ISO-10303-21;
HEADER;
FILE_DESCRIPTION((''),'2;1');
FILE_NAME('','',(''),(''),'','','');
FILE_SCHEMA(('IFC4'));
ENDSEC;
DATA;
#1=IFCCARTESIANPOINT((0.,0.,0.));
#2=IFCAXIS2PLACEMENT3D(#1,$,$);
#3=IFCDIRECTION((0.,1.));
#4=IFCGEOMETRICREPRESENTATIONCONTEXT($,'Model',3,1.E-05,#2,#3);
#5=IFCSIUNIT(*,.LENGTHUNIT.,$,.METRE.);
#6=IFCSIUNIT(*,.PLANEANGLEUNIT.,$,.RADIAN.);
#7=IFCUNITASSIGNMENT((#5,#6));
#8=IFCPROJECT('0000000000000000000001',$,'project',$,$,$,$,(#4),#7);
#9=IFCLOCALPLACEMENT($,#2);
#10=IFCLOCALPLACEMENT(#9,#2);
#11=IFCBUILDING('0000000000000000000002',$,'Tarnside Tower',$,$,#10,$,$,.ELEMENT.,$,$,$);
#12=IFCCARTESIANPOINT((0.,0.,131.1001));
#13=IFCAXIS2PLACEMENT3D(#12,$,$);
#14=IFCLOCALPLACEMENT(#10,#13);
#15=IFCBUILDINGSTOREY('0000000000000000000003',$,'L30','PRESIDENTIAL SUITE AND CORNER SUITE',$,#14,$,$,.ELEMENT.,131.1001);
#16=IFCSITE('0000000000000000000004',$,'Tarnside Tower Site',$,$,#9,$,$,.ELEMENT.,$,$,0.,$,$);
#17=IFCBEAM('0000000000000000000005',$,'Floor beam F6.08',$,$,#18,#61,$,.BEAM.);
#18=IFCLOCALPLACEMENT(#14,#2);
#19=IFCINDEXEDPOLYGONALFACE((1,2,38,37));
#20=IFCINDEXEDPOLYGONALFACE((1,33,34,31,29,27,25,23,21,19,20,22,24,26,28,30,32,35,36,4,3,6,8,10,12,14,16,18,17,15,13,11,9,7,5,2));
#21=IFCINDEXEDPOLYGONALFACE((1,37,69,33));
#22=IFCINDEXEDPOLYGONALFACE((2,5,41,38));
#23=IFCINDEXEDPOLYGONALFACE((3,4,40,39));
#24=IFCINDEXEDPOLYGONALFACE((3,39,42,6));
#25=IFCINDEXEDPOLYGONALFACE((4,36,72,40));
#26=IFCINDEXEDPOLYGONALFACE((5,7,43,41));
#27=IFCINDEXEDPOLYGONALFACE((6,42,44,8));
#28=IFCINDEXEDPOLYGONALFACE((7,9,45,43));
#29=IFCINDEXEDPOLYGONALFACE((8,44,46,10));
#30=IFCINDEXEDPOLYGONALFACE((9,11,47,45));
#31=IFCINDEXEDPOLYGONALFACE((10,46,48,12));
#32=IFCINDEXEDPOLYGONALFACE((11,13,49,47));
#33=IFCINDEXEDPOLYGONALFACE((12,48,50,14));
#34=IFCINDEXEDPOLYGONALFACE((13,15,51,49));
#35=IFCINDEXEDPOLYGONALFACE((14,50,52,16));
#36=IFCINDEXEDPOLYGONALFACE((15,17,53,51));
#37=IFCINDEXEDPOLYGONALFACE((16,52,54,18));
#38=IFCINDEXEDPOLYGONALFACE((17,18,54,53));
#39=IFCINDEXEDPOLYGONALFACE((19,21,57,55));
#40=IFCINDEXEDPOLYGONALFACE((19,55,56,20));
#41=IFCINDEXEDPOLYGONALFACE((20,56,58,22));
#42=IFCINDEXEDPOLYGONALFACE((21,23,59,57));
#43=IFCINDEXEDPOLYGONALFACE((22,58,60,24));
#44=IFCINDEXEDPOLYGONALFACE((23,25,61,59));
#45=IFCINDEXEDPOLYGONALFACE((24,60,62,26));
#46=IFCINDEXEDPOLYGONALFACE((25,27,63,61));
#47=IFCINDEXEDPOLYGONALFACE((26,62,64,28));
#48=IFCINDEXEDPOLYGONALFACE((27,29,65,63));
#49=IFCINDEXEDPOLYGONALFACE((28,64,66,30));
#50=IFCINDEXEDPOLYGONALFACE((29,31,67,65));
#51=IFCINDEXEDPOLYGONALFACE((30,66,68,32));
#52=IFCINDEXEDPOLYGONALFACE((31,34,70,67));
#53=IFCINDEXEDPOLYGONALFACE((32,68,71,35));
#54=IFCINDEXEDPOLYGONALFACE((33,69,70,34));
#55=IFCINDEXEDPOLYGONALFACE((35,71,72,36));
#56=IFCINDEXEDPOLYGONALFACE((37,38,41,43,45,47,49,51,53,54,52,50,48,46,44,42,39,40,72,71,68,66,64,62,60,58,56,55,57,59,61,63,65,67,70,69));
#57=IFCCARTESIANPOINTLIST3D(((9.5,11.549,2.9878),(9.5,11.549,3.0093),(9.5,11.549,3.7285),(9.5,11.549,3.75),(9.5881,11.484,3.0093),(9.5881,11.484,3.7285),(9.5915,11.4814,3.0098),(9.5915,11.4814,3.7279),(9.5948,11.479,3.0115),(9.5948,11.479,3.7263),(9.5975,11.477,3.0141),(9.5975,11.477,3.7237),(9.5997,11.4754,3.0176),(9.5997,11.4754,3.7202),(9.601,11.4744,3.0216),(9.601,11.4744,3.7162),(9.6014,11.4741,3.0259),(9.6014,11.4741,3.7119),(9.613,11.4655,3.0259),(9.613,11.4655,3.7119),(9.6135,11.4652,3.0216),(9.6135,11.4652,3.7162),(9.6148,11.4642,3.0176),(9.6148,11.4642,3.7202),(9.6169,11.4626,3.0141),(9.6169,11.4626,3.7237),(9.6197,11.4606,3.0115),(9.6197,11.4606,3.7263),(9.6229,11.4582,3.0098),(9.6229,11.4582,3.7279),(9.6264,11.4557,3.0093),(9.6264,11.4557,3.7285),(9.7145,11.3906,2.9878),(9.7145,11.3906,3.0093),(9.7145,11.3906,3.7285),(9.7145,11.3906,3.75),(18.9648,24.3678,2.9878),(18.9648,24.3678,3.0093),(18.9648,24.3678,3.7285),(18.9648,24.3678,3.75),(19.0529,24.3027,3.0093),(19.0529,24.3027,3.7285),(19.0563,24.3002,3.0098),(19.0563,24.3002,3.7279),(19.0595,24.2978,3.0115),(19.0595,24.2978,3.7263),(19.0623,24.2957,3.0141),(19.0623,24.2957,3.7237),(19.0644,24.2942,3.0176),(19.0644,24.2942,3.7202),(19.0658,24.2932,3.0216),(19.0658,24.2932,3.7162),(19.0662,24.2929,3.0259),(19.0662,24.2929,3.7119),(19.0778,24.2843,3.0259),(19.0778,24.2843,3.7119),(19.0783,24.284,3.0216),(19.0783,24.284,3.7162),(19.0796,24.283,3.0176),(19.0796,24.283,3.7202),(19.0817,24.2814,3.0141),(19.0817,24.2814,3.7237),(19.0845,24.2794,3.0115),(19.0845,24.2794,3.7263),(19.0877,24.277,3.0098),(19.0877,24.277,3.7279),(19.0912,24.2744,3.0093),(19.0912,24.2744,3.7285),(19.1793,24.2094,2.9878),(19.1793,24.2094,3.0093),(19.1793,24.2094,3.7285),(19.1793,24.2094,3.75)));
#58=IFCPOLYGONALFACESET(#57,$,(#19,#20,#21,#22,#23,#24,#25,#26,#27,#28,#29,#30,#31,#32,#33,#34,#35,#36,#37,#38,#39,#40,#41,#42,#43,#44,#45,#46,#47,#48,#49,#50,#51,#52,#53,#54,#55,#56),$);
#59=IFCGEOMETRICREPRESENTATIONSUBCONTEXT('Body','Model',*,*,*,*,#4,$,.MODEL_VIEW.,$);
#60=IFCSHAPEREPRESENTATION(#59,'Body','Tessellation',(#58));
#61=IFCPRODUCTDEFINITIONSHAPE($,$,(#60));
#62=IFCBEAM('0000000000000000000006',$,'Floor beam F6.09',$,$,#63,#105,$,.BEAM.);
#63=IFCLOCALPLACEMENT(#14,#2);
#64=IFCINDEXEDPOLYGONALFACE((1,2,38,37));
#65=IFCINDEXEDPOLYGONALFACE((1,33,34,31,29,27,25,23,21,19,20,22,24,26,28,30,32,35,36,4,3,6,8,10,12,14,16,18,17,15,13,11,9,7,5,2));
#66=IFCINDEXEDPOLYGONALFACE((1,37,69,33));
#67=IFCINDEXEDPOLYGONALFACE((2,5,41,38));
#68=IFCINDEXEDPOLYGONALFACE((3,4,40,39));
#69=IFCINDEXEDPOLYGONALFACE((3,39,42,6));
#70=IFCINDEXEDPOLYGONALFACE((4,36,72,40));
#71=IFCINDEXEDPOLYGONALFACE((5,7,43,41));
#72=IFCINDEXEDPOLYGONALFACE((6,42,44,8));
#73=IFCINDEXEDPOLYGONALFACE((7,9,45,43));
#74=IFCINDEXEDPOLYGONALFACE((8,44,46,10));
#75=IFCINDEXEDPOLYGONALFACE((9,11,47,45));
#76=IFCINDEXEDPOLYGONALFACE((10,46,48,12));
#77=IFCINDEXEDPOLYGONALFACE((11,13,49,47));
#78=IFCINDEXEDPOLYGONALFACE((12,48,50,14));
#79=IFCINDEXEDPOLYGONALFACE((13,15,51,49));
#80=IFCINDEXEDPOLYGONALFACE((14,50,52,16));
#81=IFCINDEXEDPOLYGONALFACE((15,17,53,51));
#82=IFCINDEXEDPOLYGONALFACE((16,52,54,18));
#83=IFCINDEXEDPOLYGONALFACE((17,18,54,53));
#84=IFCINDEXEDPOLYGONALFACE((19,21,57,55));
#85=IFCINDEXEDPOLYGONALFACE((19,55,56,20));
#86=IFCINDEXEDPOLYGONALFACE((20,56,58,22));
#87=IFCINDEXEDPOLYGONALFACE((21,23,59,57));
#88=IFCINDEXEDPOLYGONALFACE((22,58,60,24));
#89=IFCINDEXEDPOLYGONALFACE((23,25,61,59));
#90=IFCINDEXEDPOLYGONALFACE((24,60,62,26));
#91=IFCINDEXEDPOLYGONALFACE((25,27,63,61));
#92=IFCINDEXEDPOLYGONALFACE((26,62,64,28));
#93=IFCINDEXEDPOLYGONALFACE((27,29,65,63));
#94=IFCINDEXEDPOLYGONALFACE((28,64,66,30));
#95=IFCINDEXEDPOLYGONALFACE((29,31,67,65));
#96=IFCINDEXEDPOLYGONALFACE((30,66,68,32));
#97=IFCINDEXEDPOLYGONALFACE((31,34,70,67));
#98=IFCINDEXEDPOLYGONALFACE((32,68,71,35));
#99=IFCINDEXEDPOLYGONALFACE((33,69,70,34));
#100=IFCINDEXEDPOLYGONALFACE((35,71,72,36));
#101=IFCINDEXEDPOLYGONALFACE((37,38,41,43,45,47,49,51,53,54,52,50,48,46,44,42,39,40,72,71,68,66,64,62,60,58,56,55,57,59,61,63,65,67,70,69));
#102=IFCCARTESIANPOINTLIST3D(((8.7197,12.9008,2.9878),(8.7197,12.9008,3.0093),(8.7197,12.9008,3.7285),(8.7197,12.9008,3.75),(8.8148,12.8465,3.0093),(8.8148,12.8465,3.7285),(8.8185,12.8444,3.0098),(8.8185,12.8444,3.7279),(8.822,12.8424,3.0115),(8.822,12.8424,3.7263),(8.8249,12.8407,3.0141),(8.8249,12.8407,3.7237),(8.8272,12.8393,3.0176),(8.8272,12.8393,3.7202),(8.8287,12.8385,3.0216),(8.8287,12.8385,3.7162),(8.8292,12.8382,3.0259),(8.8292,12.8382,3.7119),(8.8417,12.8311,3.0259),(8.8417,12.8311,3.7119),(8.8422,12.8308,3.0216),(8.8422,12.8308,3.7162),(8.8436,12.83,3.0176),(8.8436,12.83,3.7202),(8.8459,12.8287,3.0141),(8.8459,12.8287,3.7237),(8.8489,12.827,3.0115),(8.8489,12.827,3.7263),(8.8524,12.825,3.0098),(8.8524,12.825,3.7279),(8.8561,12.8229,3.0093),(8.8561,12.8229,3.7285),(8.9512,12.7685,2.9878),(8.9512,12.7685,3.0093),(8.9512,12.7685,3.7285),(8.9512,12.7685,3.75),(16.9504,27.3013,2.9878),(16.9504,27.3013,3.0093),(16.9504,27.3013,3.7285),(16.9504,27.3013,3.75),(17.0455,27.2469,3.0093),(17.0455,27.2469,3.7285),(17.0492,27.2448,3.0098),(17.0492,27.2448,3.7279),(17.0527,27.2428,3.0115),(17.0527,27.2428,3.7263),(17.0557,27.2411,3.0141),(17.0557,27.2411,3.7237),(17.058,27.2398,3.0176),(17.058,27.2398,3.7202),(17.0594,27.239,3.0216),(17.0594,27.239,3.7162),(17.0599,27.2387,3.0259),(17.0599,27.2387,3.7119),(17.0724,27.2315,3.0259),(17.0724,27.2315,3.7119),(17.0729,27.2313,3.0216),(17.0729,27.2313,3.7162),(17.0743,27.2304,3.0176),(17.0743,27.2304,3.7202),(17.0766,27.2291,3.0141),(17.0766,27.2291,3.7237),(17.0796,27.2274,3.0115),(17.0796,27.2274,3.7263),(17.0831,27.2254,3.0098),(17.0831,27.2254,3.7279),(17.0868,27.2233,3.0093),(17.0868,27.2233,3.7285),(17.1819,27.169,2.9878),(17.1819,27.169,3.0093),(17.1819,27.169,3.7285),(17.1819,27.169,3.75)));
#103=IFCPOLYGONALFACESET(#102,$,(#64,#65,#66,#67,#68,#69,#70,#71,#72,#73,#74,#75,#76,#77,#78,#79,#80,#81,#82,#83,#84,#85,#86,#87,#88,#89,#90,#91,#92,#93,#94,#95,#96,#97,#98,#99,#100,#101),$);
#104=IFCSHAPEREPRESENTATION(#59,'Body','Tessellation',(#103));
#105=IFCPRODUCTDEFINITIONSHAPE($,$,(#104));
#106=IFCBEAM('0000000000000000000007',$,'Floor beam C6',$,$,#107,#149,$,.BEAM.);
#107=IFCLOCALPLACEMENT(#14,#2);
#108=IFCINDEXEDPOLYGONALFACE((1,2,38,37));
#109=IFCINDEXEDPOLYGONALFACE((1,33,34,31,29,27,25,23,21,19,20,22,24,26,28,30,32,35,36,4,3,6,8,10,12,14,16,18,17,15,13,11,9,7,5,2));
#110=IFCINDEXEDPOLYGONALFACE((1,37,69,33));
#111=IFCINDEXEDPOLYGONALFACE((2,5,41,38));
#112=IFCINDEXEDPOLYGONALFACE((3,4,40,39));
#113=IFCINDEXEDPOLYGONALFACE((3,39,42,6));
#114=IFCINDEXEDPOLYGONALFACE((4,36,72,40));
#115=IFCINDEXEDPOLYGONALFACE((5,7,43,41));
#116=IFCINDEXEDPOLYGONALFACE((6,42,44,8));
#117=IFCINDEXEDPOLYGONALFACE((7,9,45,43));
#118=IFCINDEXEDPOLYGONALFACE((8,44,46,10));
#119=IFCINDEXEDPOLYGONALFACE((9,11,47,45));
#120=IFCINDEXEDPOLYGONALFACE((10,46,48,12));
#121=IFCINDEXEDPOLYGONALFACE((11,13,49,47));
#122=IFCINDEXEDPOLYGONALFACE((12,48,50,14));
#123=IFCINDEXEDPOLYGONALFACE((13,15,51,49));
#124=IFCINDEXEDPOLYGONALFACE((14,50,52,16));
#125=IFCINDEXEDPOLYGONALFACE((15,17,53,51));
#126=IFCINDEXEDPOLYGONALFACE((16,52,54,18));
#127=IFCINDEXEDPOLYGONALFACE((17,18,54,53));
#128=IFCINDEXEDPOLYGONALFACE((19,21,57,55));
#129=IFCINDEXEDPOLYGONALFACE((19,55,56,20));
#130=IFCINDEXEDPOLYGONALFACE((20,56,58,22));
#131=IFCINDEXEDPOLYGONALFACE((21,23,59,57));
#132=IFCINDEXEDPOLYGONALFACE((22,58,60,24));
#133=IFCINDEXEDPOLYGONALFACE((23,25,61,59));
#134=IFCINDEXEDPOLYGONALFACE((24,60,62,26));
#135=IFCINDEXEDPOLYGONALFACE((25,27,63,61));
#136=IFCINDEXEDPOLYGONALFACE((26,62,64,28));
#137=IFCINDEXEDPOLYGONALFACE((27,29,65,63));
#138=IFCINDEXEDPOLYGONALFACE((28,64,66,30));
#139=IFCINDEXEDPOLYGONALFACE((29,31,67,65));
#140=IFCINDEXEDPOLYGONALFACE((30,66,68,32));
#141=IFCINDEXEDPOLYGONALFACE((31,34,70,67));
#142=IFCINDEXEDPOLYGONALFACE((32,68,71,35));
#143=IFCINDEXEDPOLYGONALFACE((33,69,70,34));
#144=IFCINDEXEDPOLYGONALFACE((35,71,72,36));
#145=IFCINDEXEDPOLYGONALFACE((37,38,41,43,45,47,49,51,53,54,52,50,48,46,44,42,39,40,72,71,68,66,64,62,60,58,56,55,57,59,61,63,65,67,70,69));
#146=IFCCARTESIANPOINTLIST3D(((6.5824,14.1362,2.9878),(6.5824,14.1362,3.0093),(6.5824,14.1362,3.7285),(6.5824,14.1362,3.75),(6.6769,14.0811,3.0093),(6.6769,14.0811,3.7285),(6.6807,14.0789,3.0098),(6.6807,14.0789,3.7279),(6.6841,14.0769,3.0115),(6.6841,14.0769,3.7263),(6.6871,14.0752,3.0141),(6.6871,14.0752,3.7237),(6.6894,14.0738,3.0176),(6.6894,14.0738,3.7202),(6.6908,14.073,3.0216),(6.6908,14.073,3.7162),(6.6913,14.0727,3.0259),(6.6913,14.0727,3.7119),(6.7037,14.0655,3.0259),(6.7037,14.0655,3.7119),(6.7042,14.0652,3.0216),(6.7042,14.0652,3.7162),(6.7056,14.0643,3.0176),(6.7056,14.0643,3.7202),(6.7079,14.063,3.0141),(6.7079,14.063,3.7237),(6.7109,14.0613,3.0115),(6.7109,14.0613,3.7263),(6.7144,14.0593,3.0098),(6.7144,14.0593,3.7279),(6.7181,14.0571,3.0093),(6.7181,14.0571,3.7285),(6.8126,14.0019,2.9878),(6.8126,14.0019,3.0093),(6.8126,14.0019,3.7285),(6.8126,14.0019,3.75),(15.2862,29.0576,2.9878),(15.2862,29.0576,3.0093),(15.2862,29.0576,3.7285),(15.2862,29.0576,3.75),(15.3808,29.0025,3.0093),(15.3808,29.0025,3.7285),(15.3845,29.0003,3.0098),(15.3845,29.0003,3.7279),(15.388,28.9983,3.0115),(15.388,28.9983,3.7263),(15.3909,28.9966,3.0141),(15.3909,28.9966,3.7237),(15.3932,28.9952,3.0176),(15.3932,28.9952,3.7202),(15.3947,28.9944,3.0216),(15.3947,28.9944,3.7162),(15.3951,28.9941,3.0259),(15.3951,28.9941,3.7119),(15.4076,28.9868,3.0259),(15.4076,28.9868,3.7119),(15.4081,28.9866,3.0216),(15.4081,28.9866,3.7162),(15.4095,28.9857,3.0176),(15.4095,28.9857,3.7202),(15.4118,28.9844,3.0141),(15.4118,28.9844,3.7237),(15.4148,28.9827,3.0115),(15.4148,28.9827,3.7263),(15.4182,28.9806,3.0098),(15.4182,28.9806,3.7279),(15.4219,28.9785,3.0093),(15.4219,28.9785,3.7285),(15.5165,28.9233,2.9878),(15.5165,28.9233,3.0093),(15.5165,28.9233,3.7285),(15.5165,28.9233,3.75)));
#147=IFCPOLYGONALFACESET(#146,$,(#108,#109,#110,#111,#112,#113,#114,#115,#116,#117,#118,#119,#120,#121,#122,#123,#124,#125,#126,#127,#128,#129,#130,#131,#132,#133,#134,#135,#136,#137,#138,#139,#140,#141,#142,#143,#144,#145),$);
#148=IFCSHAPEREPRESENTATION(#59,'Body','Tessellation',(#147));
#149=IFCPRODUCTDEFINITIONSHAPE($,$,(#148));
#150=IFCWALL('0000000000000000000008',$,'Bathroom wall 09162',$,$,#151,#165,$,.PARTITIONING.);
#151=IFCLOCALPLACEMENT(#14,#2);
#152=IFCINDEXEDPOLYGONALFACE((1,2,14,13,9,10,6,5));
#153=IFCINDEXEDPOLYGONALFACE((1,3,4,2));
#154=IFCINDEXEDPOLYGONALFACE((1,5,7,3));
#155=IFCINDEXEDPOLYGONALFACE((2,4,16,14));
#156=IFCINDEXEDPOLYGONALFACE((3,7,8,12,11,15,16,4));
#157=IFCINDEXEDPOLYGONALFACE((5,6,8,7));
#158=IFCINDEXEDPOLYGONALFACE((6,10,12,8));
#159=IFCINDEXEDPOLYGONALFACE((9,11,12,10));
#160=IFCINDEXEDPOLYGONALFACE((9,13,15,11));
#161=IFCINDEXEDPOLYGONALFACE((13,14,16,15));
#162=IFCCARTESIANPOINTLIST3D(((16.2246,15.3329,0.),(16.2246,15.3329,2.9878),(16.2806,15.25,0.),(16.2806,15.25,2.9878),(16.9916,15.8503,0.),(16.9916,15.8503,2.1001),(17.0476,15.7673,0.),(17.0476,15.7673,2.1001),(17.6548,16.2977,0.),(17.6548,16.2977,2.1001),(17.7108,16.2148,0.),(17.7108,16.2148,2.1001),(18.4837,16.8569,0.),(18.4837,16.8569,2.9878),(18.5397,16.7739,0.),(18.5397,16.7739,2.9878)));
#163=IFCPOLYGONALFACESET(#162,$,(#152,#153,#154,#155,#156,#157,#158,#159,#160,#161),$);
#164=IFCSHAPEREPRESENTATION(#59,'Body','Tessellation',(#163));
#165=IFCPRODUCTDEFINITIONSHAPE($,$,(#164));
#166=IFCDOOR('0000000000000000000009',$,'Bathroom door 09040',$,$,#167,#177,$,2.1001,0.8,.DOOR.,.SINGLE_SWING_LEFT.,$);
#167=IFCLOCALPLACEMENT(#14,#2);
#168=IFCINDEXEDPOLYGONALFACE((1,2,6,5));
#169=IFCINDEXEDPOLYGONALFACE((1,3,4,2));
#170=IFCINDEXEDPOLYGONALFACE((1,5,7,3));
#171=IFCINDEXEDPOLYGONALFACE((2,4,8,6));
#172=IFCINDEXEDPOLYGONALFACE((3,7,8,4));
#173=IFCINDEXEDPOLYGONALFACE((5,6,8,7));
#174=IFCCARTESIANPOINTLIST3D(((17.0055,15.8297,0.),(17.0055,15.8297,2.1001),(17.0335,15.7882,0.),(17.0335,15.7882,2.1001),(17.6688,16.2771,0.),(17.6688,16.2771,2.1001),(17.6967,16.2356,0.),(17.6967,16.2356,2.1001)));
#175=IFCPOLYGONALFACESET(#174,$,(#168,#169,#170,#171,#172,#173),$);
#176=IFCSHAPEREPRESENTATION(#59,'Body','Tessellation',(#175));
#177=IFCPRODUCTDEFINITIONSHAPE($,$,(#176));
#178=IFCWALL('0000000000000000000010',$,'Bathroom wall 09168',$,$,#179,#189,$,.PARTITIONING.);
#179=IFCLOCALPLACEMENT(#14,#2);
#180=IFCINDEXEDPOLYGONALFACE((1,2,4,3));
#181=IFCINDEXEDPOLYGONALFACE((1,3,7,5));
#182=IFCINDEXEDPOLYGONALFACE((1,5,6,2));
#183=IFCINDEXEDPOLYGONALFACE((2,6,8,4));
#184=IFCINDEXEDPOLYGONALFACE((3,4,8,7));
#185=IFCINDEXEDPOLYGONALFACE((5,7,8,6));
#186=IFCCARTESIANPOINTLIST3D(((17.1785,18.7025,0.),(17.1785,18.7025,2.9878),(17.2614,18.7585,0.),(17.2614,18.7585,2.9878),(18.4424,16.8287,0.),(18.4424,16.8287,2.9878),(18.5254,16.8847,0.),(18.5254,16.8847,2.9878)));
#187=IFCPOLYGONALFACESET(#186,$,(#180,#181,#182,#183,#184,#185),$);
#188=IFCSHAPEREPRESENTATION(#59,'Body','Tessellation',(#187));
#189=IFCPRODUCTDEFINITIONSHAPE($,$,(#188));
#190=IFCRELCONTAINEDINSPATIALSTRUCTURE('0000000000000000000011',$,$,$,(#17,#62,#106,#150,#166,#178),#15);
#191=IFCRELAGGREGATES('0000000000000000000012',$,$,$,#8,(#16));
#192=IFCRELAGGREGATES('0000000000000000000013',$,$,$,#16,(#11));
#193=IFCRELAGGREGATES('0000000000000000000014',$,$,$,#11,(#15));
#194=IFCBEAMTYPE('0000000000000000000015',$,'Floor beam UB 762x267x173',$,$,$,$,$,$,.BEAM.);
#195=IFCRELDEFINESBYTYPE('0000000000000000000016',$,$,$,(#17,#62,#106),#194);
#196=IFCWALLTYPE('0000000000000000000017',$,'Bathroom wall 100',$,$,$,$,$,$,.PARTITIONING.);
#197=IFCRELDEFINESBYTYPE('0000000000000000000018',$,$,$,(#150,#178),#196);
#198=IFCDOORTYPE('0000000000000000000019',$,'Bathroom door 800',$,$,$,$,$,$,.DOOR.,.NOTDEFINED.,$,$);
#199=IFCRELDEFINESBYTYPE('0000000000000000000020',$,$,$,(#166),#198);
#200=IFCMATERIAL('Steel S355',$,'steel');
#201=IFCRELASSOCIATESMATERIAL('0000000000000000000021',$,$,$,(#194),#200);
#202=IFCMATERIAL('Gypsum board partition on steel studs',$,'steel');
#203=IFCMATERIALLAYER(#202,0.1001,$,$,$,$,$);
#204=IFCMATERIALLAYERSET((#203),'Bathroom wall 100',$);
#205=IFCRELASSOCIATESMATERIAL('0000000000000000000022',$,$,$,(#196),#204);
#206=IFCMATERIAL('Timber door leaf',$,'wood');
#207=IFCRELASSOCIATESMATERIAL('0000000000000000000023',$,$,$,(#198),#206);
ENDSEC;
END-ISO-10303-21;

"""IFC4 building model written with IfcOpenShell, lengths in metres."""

from ifc_helpers import new_model, si_unit, direction, frame, frame_2d, origin, origin_2d, place, context, subcontext, project, spatial, rectangle, i_section, extrude, material, layer, layer_set, material_profile, profile_set, type_object, element, fill, save


model = new_model("IFC4")

# Units and contexts
model_context = context("Model", 3, precision=1e-05, world=origin(), true_north=direction((0.0, 1.0)))
body_context = subcontext(model_context, "Body", "Model", "MODEL_VIEW")
ifc_project = project(units=[si_unit("LENGTHUNIT", "METRE"), si_unit("PLANEANGLEUNIT", "RADIAN")], contexts=[model_context])

# Site, building, storey
site_placement = place(None, origin())
site = spatial("IfcSite", under=ifc_project, at=site_placement, Name="Tarnside Tower Site", CompositionType="ELEMENT", RefElevation=0.0)
building_placement = place(site_placement, origin())
building = spatial("IfcBuilding", under=site, at=building_placement, Name="Tarnside Tower", CompositionType="ELEMENT")
storey_placement = place(building_placement, frame((0.0, 0.0, 131.1001)))
storey = spatial("IfcBuildingStorey", under=building, at=storey_placement, Name="L30", Description="PRESIDENTIAL SUITE AND CORNER SUITE", CompositionType="ELEMENT", Elevation=131.1001)

# Beams
ifc_material_1 = material(Name="Steel S355", Category="steel")
ifc_material_profile_1 = material_profile(ifc_material_1, i_section(OverallWidth=0.2666, OverallDepth=0.7622, WebThickness=0.0144, FlangeThickness=0.0215, FilletRadius=0.0166, at=origin_2d()), Name="UB 762x267x173")
ifc_profile_set_1 = profile_set([ifc_material_profile_1], Name="Steel S355")
beam_type_1 = type_object("IfcBeamType", Name="Floor beam UB 762x267x173", PredefinedType="BEAM", material=ifc_profile_set_1)
beam_1_placement = place(storey_placement, frame((19.072, 24.2886, 3.3689), z_axis=(-0.593987, -0.804475, 0.0), x_axis=(0.804475, -0.593987, 0.0)))
element("IfcBeam", 1, at=beam_1_placement, inside=storey, type_object=beam_type_1, Name="Floor beam F6.08", PredefinedType="BEAM", context=body_context, shape_type="SweptSolid", body=[
    extrude(i_section(OverallWidth=0.2666, OverallDepth=0.7622, WebThickness=0.0144, FlangeThickness=0.0215, FilletRadius=0.0166, at=origin_2d()), origin(), (0.0, 0.0, 1.0), 15.9343),
])
beam_2_placement = place(storey_placement, frame((17.0662, 27.2351, 3.3689), z_axis=(-0.496226, -0.868193, 0.0), x_axis=(0.868193, -0.496226, 0.0)))
element("IfcBeam", 2, at=beam_2_placement, inside=storey, type_object=beam_type_1, Name="Floor beam F6.09", PredefinedType="BEAM", context=body_context, shape_type="SweptSolid", body=[
    extrude(i_section(OverallWidth=0.2666, OverallDepth=0.7622, WebThickness=0.0144, FlangeThickness=0.0215, FilletRadius=0.0166, at=origin_2d()), origin(), (0.0, 0.0, 1.0), 16.5867),
])
beam_3_placement = place(storey_placement, frame((15.4014, 28.9905, 3.3689), z_axis=(-0.503859, -0.863786, 0.0), x_axis=(0.863786, -0.503859, 0.0)))
element("IfcBeam", 3, at=beam_3_placement, inside=storey, type_object=beam_type_1, Name="Floor beam C6", PredefinedType="BEAM", context=body_context, shape_type="SweptSolid", body=[
    extrude(i_section(OverallWidth=0.2666, OverallDepth=0.7622, WebThickness=0.0144, FlangeThickness=0.0215, FilletRadius=0.0166, at=origin_2d()), origin(), (0.0, 0.0, 1.0), 17.2744),
])

# Wall, opening, door
ifc_material_2 = material(Name="Gypsum board partition on steel studs", Category="steel")
ifc_layer_1 = layer(ifc_material_2, 0.1001)
ifc_layer_set_1 = layer_set([ifc_layer_1], Name="Bathroom wall 100")
wall_type_1 = type_object("IfcWallType", Name="Bathroom wall 100", PredefinedType="PARTITIONING", material=ifc_layer_set_1)
wall_1_placement = place(storey_placement, frame((18.5117, 16.8154, 0.0), z_axis=(0.0, 0.0, 1.0), x_axis=(-0.829005, -0.55924, 0.0)))
wall_1 = element("IfcWall", 4, at=wall_1_placement, inside=storey, type_object=wall_type_1, Name="Bathroom wall 09162", PredefinedType="PARTITIONING", context=body_context, shape_type="SweptSolid", body=[
    extrude(rectangle(XDim=2.7251, YDim=0.1001, at=frame_2d((1.3625, 0.0))), origin(), (0.0, 0.0, 1.0), 2.9878),
])
opening_1_placement = place(wall_1_placement, frame((1.0, 0.0, 0.0)))
opening_1 = element("IfcOpeningElement", 5, at=opening_1_placement, cuts=wall_1, PredefinedType="OPENING", context=body_context, shape_type="SweptSolid", body=[
    extrude(rectangle(XDim=0.8, YDim=2.1001, at=frame_2d((0.3999, 1.05))), frame((0.0, 0.0601, 0.0), z_axis=(0.0, -1.0, 0.0), x_axis=(1.0, 0.0, 0.0)), (0.0, 0.0, 1.0), 0.1201),
])
ifc_material_3 = material(Name="Timber door leaf", Category="wood")
door_type_1 = type_object("IfcDoorType", Name="Bathroom door 800", OperationType="NOTDEFINED", PredefinedType="DOOR", material=ifc_material_3)
door_1_placement = place(opening_1_placement, origin())
door_1 = element("IfcDoor", 6, at=door_1_placement, inside=storey, type_object=door_type_1, Name="Bathroom door 09040", OperationType="SINGLE_SWING_LEFT", OverallHeight=2.1001, OverallWidth=0.8, PredefinedType="DOOR", context=body_context, shape_type="SweptSolid", body=[
    extrude(rectangle(XDim=0.8, YDim=2.1001, at=frame_2d((0.3999, 1.05))), frame((0.0, 0.0249, 0.0), z_axis=(0.0, -1.0, 0.0), x_axis=(1.0, 0.0, 0.0)), (0.0, 0.0, 1.0), 0.05),
])
fill(opening_1, door_1)

# Wall
wall_2_placement = place(storey_placement, frame((18.4839, 16.8567, 0.0), z_axis=(0.0, 0.0, 1.0), x_axis=(-0.559204, 0.82903, 0.0)))
element("IfcWall", 7, at=wall_2_placement, inside=storey, type_object=wall_type_1, Name="Bathroom wall 09168", PredefinedType="PARTITIONING", context=body_context, shape_type="SweptSolid", body=[
    extrude(rectangle(XDim=2.2603, YDim=0.1001, at=frame_2d((1.1301, 0.0))), origin(), (0.0, 0.0, 1.0), 2.9878),
])

save(model, "model.ifc")
